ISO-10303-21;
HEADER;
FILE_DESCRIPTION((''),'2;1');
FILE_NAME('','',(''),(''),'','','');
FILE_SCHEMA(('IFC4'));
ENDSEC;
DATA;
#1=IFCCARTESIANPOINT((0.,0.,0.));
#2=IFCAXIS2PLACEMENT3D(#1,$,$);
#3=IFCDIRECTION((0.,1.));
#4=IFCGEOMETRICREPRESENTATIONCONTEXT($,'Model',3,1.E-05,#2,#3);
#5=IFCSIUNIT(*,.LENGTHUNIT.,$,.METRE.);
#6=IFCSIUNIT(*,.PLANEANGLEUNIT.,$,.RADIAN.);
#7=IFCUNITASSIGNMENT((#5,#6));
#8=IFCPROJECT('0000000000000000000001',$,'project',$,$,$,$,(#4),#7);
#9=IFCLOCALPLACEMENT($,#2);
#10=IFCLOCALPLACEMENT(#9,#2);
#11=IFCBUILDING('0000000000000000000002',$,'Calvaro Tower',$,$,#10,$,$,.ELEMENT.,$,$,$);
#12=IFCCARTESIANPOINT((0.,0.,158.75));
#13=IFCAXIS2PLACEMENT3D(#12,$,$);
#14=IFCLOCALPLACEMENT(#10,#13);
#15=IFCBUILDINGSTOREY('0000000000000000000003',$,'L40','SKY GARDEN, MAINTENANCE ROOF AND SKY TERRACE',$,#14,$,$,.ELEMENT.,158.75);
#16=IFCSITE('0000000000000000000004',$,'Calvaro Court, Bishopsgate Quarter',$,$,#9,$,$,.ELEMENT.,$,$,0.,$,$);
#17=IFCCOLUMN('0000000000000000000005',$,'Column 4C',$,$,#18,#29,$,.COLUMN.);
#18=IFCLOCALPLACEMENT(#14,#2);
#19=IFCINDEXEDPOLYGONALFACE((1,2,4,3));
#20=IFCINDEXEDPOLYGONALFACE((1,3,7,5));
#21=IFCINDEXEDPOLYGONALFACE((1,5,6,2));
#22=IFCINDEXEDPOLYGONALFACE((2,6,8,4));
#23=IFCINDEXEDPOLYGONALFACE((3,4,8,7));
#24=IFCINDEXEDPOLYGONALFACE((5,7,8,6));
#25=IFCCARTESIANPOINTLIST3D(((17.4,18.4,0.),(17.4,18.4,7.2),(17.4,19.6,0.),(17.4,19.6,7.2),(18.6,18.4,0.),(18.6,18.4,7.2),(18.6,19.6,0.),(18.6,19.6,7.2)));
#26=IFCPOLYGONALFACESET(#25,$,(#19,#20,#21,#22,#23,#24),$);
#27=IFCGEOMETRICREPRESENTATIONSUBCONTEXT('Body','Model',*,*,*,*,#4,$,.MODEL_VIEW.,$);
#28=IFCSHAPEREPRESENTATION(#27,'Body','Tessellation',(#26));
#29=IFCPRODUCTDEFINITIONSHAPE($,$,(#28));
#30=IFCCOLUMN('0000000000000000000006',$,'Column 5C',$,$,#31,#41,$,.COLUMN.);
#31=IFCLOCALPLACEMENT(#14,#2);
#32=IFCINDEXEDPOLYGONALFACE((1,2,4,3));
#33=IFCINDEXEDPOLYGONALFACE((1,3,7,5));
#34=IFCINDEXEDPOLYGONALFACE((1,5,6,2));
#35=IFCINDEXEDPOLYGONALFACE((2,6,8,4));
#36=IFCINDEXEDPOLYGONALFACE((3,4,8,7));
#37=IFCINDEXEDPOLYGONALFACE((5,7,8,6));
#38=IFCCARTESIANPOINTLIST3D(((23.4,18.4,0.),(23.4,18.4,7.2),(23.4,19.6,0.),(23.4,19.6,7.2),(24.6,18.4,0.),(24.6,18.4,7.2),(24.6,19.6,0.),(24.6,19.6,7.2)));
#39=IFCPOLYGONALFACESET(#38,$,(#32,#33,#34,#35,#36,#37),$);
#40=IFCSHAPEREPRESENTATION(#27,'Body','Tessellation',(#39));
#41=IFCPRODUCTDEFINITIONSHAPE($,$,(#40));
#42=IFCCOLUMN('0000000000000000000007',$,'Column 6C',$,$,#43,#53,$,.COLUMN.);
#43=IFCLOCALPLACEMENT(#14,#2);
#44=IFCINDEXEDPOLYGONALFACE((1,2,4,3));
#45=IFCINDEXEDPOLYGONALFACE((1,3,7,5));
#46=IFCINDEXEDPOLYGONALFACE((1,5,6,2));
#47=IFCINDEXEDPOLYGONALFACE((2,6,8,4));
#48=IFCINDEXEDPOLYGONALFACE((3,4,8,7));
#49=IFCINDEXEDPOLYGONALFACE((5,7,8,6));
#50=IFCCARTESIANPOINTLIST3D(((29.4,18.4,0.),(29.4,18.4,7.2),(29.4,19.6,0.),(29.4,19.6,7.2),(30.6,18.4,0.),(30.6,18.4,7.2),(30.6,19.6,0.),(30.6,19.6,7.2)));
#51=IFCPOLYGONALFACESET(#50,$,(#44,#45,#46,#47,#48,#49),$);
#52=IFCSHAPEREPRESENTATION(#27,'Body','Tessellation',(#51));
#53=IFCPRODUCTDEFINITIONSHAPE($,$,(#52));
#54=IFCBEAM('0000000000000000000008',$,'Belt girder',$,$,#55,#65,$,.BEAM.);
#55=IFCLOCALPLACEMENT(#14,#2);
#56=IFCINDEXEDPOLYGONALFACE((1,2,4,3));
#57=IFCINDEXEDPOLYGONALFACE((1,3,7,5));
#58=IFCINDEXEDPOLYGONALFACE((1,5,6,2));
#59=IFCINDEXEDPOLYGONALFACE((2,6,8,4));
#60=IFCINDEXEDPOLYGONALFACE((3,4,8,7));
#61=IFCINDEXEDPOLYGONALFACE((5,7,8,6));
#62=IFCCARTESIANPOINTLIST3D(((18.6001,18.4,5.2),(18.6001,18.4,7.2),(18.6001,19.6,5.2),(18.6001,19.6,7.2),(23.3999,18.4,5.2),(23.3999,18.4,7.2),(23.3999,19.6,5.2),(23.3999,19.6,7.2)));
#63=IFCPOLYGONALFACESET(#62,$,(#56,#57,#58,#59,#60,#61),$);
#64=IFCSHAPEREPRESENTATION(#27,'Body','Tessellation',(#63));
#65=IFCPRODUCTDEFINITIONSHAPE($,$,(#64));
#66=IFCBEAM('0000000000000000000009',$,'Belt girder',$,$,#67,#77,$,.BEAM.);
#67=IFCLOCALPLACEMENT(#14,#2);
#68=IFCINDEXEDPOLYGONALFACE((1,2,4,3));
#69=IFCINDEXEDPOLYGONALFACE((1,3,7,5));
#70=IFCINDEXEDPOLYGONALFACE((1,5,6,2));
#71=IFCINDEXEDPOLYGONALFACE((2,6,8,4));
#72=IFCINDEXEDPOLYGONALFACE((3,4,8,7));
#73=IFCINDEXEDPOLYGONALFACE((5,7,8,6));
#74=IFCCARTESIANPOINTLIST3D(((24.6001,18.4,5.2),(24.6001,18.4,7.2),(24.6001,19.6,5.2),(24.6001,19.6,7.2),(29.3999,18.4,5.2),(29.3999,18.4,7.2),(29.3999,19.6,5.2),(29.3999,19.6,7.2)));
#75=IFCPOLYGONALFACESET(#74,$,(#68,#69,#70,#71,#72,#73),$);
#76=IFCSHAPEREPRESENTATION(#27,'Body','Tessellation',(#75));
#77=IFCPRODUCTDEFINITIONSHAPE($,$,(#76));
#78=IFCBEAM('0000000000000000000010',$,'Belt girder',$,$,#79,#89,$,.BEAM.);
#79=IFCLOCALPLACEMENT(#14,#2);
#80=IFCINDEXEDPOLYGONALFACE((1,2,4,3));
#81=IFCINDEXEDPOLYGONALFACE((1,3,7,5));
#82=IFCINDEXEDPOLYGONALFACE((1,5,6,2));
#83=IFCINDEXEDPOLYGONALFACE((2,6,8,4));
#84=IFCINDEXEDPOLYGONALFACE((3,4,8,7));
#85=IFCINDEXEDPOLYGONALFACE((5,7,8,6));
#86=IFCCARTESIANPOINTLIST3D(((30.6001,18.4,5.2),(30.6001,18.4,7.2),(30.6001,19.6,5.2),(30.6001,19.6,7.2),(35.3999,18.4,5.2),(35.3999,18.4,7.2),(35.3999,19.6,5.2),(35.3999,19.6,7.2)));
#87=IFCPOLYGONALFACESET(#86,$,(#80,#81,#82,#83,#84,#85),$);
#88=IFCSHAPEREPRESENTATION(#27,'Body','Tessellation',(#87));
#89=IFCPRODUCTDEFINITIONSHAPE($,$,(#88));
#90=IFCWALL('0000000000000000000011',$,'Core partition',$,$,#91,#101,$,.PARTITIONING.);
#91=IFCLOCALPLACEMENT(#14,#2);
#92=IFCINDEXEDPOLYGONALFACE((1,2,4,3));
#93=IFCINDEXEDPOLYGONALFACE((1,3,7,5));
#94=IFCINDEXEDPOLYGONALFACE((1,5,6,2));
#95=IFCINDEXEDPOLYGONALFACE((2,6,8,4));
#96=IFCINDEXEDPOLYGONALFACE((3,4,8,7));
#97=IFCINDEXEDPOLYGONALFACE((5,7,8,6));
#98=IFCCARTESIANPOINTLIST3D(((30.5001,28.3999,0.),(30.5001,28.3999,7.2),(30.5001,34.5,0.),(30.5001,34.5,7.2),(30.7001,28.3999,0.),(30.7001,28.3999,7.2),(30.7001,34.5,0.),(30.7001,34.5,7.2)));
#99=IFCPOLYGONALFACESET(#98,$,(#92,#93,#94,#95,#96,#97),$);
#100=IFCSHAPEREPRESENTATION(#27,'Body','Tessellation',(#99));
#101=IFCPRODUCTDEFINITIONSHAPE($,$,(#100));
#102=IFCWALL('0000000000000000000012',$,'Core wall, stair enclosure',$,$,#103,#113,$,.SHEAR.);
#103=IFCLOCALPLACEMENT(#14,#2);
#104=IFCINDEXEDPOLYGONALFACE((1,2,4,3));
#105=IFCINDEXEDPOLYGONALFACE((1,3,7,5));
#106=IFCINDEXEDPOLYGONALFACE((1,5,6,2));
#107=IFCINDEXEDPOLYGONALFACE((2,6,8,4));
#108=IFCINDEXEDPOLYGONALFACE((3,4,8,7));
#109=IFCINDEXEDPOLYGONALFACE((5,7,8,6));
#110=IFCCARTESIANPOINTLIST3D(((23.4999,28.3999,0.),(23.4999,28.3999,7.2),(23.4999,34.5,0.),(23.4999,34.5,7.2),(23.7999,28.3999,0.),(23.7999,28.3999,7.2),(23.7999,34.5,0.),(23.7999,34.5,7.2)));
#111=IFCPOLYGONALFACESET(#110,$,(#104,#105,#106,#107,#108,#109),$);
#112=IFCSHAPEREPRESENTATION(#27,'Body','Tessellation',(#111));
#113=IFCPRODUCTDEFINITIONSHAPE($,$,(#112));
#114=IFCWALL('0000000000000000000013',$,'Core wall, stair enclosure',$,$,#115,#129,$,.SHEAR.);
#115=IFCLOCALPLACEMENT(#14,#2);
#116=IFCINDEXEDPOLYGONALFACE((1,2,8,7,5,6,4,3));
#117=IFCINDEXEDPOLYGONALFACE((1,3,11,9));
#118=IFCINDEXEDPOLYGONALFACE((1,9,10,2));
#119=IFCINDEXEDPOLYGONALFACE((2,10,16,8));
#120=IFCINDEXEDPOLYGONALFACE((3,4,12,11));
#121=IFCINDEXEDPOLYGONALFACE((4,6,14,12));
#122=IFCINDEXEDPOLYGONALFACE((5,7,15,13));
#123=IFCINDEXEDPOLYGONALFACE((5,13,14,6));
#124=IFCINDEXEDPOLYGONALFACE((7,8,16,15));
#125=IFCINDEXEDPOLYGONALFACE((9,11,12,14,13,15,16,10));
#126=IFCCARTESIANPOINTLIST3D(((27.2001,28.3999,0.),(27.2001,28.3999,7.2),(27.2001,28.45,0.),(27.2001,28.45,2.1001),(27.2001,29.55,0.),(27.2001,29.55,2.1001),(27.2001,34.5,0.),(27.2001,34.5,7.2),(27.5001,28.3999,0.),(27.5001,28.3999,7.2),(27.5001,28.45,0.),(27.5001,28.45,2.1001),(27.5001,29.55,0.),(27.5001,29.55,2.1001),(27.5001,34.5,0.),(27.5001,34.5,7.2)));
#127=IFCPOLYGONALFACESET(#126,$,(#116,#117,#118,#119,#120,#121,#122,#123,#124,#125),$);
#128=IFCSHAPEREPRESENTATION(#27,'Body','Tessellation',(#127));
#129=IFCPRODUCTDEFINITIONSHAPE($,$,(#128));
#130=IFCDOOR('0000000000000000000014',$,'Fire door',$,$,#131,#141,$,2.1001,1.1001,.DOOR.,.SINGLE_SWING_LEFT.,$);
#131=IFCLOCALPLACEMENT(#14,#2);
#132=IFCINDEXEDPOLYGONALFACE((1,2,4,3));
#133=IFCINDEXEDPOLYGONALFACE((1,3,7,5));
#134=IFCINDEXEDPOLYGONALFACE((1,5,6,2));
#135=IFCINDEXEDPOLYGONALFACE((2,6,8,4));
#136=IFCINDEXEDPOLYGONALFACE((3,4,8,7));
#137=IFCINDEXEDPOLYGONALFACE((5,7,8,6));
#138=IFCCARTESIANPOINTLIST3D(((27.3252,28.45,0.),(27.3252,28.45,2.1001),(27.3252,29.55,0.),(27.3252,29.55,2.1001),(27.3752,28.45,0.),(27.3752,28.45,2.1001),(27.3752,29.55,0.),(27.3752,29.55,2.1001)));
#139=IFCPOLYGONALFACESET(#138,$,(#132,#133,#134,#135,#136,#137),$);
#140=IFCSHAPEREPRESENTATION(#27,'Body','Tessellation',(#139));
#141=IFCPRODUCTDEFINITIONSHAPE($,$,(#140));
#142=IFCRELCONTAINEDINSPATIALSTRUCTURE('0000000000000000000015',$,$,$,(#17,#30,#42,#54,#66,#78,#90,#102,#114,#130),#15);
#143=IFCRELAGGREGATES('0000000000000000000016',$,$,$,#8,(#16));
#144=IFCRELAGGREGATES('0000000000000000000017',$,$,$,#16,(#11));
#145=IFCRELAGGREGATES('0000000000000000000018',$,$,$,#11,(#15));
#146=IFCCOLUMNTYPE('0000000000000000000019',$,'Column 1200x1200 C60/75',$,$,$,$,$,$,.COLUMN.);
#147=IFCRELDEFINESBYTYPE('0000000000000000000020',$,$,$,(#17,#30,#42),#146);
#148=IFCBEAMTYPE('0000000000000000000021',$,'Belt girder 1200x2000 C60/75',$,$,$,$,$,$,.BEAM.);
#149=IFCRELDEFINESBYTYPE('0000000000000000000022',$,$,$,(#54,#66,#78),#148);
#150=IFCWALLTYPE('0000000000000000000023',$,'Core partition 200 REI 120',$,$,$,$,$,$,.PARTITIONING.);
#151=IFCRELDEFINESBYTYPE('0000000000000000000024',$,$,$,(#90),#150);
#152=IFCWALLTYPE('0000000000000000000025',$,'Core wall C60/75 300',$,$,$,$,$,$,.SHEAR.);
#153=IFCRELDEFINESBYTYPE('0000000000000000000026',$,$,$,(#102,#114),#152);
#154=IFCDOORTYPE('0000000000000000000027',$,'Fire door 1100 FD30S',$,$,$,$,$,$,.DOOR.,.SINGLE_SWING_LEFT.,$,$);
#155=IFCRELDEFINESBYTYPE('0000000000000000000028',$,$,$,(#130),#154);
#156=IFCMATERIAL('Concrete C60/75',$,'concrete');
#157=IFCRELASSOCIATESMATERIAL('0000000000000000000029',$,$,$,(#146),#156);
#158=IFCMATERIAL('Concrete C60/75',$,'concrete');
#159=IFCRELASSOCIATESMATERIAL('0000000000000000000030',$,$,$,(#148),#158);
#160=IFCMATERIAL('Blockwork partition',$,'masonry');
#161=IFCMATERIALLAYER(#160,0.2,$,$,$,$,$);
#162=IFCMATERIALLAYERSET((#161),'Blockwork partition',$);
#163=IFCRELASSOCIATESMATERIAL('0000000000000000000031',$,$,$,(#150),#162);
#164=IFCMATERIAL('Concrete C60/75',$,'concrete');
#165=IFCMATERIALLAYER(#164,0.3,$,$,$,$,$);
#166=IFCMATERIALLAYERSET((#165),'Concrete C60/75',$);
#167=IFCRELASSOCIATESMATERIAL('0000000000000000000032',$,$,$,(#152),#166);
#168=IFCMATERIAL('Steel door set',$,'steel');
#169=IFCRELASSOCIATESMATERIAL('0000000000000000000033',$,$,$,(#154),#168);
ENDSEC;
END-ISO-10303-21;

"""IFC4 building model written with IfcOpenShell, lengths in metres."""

from ifc_helpers import new_model, si_unit, direction, frame, frame_2d, origin, origin_2d, place, context, subcontext, project, spatial, rectangle, extrude, material, layer, layer_set, material_profile, profile_set, type_object, element, fill, save


model = new_model("IFC4")

# Units and contexts
model_context = context("Model", 3, precision=1e-05, world=origin(), true_north=direction((0.0, 1.0)))
body_context = subcontext(model_context, "Body", "Model", "MODEL_VIEW")
ifc_project = project(units=[si_unit("LENGTHUNIT", "METRE"), si_unit("PLANEANGLEUNIT", "RADIAN")], contexts=[model_context])

# Site, building, storey
site_placement = place(None, origin())
site = spatial("IfcSite", under=ifc_project, at=site_placement, Name="Calvaro Court, Bishopsgate Quarter", CompositionType="ELEMENT", RefElevation=0.0)
building_placement = place(site_placement, origin())
building = spatial("IfcBuilding", under=site, at=building_placement, Name="Calvaro Tower", CompositionType="ELEMENT")
storey_placement = place(building_placement, frame((0.0, 0.0, 158.75)))
storey = spatial("IfcBuildingStorey", under=building, at=storey_placement, Name="L40", Description="SKY GARDEN, MAINTENANCE ROOF AND SKY TERRACE", CompositionType="ELEMENT", Elevation=158.75)

# Columns
ifc_material_1 = material(Name="Concrete C60/75", Category="concrete")
ifc_material_profile_1 = material_profile(ifc_material_1, rectangle(XDim=1.2, YDim=1.2, at=origin_2d()), Name="RC 1200x1200")
ifc_profile_set_1 = profile_set([ifc_material_profile_1], Name="Concrete C60/75")
column_type = type_object("IfcColumnType", Name="Column 1200x1200 C60/75", PredefinedType="COLUMN", material=ifc_profile_set_1)
for number, where, z_axis, x_axis, name in (
    (1, (18.0, 19.0, 0.0), (0.0, 0.0, 1.0), (1.0, 0.0, 0.0), "Column 4C"),
    (2, (24.0, 19.0, 0.0), (0.0, 0.0, 1.0), (1.0, 0.0, 0.0), "Column 5C"),
    (3, (30.0, 19.0, 0.0), (0.0, 0.0, 1.0), (1.0, 0.0, 0.0), "Column 6C"),
):
    element("IfcColumn", number, at=place(storey_placement, frame(where, z_axis=z_axis, x_axis=x_axis)), inside=storey, type_object=column_type, Name=name, PredefinedType="COLUMN", context=body_context, shape_type="SweptSolid", body=[
        extrude(rectangle(XDim=1.2, YDim=1.2, at=origin_2d()), origin(), (0.0, 0.0, 1.0), 7.2),
    ])

# Beams
ifc_material_2 = material(Name="Concrete C60/75", Category="concrete")
ifc_material_profile_2 = material_profile(ifc_material_2, rectangle(XDim=1.2, YDim=2.0, at=origin_2d()), Name="RC 1200x2000")
ifc_profile_set_2 = profile_set([ifc_material_profile_2], Name="Concrete C60/75")
beam_type = type_object("IfcBeamType", Name="Belt girder 1200x2000 C60/75", PredefinedType="BEAM", material=ifc_profile_set_2)
for number, where, z_axis, x_axis, name in (
    (4, (18.6001, 19.0, 6.2), (1.0, 0.0, 0.0), (0.0, 1.0, 0.0), "Belt girder"),
    (5, (24.6001, 19.0, 6.2), (1.0, 0.0, 0.0), (0.0, 1.0, 0.0), "Belt girder"),
    (6, (30.6001, 19.0, 6.2), (1.0, 0.0, 0.0), (0.0, 1.0, 0.0), "Belt girder"),
):
    element("IfcBeam", number, at=place(storey_placement, frame(where, z_axis=z_axis, x_axis=x_axis)), inside=storey, type_object=beam_type, Name=name, PredefinedType="BEAM", context=body_context, shape_type="SweptSolid", body=[
        extrude(rectangle(XDim=1.2, YDim=2.0, at=origin_2d()), origin(), (0.0, 0.0, 1.0), 4.7998),
    ])

# Walls
ifc_material_3 = material(Name="Blockwork partition", Category="masonry")
ifc_layer_1 = layer(ifc_material_3, 0.2)
ifc_layer_set_1 = layer_set([ifc_layer_1], Name="Blockwork partition")
wall_type_1 = type_object("IfcWallType", Name="Core partition 200 REI 120", PredefinedType="PARTITIONING", material=ifc_layer_set_1)
wall_1_placement = place(storey_placement, frame((30.6001, 28.3999, 0.0), z_axis=(0.0, 0.0, 1.0), x_axis=(0.0, 1.0, 0.0)))
element("IfcWall", 7, at=wall_1_placement, inside=storey, type_object=wall_type_1, Name="Core partition", PredefinedType="PARTITIONING", context=body_context, shape_type="SweptSolid", body=[
    extrude(rectangle(XDim=6.1001, YDim=0.2, at=frame_2d((3.05, 0.0))), origin(), (0.0, 0.0, 1.0), 7.2),
])
ifc_material_4 = material(Name="Concrete C60/75", Category="concrete")
ifc_layer_2 = layer(ifc_material_4, 0.3)
ifc_layer_set_2 = layer_set([ifc_layer_2], Name="Concrete C60/75")
wall_type_2 = type_object("IfcWallType", Name="Core wall C60/75 300", PredefinedType="SHEAR", material=ifc_layer_set_2)
wall_2_placement = place(storey_placement, frame((23.6499, 28.3999, 0.0), z_axis=(0.0, 0.0, 1.0), x_axis=(0.0, 1.0, 0.0)))
element("IfcWall", 8, at=wall_2_placement, inside=storey, type_object=wall_type_2, Name="Core wall, stair enclosure", PredefinedType="SHEAR", context=body_context, shape_type="SweptSolid", body=[
    extrude(rectangle(XDim=6.1001, YDim=0.3, at=frame_2d((3.05, 0.0))), origin(), (0.0, 0.0, 1.0), 7.2),
])

# Wall, opening, door
wall_3_placement = place(storey_placement, frame((27.3501, 28.3999, 0.0), z_axis=(0.0, 0.0, 1.0), x_axis=(0.0, 1.0, 0.0)))
wall_3 = element("IfcWall", 9, at=wall_3_placement, inside=storey, type_object=wall_type_2, Name="Core wall, stair enclosure", PredefinedType="SHEAR", context=body_context, shape_type="SweptSolid", body=[
    extrude(rectangle(XDim=6.1001, YDim=0.3, at=frame_2d((3.05, 0.0))), origin(), (0.0, 0.0, 1.0), 7.2),
])
opening_1_placement = place(wall_3_placement, frame((0.05, 0.0, 0.0)))
opening_1 = element("IfcOpeningElement", 10, at=opening_1_placement, cuts=wall_3, PredefinedType="OPENING", context=body_context, shape_type="SweptSolid", body=[
    extrude(rectangle(XDim=1.1001, YDim=2.1001, at=frame_2d((0.55, 1.05))), frame((0.0, 0.1599, 0.0), z_axis=(0.0, -1.0, 0.0), x_axis=(1.0, 0.0, 0.0)), (0.0, 0.0, 1.0), 0.3201),
])
ifc_material_5 = material(Name="Steel door set", Category="steel")
door_type_1 = type_object("IfcDoorType", Name="Fire door 1100 FD30S", OperationType="SINGLE_SWING_LEFT", PredefinedType="DOOR", material=ifc_material_5)
door_1_placement = place(opening_1_placement, origin())
door_1 = element("IfcDoor", 11, at=door_1_placement, inside=storey, type_object=door_type_1, Name="Fire door", OperationType="SINGLE_SWING_LEFT", OverallHeight=2.1001, OverallWidth=1.1001, PredefinedType="DOOR", context=body_context, shape_type="SweptSolid", body=[
    extrude(rectangle(XDim=1.1001, YDim=2.1001, at=frame_2d((0.55, 1.05))), frame((0.0, 0.0249, 0.0), z_axis=(0.0, -1.0, 0.0), x_axis=(1.0, 0.0, 0.0)), (0.0, 0.0, 1.0), 0.05),
])
fill(opening_1, door_1)

save(model, "model.ifc")
